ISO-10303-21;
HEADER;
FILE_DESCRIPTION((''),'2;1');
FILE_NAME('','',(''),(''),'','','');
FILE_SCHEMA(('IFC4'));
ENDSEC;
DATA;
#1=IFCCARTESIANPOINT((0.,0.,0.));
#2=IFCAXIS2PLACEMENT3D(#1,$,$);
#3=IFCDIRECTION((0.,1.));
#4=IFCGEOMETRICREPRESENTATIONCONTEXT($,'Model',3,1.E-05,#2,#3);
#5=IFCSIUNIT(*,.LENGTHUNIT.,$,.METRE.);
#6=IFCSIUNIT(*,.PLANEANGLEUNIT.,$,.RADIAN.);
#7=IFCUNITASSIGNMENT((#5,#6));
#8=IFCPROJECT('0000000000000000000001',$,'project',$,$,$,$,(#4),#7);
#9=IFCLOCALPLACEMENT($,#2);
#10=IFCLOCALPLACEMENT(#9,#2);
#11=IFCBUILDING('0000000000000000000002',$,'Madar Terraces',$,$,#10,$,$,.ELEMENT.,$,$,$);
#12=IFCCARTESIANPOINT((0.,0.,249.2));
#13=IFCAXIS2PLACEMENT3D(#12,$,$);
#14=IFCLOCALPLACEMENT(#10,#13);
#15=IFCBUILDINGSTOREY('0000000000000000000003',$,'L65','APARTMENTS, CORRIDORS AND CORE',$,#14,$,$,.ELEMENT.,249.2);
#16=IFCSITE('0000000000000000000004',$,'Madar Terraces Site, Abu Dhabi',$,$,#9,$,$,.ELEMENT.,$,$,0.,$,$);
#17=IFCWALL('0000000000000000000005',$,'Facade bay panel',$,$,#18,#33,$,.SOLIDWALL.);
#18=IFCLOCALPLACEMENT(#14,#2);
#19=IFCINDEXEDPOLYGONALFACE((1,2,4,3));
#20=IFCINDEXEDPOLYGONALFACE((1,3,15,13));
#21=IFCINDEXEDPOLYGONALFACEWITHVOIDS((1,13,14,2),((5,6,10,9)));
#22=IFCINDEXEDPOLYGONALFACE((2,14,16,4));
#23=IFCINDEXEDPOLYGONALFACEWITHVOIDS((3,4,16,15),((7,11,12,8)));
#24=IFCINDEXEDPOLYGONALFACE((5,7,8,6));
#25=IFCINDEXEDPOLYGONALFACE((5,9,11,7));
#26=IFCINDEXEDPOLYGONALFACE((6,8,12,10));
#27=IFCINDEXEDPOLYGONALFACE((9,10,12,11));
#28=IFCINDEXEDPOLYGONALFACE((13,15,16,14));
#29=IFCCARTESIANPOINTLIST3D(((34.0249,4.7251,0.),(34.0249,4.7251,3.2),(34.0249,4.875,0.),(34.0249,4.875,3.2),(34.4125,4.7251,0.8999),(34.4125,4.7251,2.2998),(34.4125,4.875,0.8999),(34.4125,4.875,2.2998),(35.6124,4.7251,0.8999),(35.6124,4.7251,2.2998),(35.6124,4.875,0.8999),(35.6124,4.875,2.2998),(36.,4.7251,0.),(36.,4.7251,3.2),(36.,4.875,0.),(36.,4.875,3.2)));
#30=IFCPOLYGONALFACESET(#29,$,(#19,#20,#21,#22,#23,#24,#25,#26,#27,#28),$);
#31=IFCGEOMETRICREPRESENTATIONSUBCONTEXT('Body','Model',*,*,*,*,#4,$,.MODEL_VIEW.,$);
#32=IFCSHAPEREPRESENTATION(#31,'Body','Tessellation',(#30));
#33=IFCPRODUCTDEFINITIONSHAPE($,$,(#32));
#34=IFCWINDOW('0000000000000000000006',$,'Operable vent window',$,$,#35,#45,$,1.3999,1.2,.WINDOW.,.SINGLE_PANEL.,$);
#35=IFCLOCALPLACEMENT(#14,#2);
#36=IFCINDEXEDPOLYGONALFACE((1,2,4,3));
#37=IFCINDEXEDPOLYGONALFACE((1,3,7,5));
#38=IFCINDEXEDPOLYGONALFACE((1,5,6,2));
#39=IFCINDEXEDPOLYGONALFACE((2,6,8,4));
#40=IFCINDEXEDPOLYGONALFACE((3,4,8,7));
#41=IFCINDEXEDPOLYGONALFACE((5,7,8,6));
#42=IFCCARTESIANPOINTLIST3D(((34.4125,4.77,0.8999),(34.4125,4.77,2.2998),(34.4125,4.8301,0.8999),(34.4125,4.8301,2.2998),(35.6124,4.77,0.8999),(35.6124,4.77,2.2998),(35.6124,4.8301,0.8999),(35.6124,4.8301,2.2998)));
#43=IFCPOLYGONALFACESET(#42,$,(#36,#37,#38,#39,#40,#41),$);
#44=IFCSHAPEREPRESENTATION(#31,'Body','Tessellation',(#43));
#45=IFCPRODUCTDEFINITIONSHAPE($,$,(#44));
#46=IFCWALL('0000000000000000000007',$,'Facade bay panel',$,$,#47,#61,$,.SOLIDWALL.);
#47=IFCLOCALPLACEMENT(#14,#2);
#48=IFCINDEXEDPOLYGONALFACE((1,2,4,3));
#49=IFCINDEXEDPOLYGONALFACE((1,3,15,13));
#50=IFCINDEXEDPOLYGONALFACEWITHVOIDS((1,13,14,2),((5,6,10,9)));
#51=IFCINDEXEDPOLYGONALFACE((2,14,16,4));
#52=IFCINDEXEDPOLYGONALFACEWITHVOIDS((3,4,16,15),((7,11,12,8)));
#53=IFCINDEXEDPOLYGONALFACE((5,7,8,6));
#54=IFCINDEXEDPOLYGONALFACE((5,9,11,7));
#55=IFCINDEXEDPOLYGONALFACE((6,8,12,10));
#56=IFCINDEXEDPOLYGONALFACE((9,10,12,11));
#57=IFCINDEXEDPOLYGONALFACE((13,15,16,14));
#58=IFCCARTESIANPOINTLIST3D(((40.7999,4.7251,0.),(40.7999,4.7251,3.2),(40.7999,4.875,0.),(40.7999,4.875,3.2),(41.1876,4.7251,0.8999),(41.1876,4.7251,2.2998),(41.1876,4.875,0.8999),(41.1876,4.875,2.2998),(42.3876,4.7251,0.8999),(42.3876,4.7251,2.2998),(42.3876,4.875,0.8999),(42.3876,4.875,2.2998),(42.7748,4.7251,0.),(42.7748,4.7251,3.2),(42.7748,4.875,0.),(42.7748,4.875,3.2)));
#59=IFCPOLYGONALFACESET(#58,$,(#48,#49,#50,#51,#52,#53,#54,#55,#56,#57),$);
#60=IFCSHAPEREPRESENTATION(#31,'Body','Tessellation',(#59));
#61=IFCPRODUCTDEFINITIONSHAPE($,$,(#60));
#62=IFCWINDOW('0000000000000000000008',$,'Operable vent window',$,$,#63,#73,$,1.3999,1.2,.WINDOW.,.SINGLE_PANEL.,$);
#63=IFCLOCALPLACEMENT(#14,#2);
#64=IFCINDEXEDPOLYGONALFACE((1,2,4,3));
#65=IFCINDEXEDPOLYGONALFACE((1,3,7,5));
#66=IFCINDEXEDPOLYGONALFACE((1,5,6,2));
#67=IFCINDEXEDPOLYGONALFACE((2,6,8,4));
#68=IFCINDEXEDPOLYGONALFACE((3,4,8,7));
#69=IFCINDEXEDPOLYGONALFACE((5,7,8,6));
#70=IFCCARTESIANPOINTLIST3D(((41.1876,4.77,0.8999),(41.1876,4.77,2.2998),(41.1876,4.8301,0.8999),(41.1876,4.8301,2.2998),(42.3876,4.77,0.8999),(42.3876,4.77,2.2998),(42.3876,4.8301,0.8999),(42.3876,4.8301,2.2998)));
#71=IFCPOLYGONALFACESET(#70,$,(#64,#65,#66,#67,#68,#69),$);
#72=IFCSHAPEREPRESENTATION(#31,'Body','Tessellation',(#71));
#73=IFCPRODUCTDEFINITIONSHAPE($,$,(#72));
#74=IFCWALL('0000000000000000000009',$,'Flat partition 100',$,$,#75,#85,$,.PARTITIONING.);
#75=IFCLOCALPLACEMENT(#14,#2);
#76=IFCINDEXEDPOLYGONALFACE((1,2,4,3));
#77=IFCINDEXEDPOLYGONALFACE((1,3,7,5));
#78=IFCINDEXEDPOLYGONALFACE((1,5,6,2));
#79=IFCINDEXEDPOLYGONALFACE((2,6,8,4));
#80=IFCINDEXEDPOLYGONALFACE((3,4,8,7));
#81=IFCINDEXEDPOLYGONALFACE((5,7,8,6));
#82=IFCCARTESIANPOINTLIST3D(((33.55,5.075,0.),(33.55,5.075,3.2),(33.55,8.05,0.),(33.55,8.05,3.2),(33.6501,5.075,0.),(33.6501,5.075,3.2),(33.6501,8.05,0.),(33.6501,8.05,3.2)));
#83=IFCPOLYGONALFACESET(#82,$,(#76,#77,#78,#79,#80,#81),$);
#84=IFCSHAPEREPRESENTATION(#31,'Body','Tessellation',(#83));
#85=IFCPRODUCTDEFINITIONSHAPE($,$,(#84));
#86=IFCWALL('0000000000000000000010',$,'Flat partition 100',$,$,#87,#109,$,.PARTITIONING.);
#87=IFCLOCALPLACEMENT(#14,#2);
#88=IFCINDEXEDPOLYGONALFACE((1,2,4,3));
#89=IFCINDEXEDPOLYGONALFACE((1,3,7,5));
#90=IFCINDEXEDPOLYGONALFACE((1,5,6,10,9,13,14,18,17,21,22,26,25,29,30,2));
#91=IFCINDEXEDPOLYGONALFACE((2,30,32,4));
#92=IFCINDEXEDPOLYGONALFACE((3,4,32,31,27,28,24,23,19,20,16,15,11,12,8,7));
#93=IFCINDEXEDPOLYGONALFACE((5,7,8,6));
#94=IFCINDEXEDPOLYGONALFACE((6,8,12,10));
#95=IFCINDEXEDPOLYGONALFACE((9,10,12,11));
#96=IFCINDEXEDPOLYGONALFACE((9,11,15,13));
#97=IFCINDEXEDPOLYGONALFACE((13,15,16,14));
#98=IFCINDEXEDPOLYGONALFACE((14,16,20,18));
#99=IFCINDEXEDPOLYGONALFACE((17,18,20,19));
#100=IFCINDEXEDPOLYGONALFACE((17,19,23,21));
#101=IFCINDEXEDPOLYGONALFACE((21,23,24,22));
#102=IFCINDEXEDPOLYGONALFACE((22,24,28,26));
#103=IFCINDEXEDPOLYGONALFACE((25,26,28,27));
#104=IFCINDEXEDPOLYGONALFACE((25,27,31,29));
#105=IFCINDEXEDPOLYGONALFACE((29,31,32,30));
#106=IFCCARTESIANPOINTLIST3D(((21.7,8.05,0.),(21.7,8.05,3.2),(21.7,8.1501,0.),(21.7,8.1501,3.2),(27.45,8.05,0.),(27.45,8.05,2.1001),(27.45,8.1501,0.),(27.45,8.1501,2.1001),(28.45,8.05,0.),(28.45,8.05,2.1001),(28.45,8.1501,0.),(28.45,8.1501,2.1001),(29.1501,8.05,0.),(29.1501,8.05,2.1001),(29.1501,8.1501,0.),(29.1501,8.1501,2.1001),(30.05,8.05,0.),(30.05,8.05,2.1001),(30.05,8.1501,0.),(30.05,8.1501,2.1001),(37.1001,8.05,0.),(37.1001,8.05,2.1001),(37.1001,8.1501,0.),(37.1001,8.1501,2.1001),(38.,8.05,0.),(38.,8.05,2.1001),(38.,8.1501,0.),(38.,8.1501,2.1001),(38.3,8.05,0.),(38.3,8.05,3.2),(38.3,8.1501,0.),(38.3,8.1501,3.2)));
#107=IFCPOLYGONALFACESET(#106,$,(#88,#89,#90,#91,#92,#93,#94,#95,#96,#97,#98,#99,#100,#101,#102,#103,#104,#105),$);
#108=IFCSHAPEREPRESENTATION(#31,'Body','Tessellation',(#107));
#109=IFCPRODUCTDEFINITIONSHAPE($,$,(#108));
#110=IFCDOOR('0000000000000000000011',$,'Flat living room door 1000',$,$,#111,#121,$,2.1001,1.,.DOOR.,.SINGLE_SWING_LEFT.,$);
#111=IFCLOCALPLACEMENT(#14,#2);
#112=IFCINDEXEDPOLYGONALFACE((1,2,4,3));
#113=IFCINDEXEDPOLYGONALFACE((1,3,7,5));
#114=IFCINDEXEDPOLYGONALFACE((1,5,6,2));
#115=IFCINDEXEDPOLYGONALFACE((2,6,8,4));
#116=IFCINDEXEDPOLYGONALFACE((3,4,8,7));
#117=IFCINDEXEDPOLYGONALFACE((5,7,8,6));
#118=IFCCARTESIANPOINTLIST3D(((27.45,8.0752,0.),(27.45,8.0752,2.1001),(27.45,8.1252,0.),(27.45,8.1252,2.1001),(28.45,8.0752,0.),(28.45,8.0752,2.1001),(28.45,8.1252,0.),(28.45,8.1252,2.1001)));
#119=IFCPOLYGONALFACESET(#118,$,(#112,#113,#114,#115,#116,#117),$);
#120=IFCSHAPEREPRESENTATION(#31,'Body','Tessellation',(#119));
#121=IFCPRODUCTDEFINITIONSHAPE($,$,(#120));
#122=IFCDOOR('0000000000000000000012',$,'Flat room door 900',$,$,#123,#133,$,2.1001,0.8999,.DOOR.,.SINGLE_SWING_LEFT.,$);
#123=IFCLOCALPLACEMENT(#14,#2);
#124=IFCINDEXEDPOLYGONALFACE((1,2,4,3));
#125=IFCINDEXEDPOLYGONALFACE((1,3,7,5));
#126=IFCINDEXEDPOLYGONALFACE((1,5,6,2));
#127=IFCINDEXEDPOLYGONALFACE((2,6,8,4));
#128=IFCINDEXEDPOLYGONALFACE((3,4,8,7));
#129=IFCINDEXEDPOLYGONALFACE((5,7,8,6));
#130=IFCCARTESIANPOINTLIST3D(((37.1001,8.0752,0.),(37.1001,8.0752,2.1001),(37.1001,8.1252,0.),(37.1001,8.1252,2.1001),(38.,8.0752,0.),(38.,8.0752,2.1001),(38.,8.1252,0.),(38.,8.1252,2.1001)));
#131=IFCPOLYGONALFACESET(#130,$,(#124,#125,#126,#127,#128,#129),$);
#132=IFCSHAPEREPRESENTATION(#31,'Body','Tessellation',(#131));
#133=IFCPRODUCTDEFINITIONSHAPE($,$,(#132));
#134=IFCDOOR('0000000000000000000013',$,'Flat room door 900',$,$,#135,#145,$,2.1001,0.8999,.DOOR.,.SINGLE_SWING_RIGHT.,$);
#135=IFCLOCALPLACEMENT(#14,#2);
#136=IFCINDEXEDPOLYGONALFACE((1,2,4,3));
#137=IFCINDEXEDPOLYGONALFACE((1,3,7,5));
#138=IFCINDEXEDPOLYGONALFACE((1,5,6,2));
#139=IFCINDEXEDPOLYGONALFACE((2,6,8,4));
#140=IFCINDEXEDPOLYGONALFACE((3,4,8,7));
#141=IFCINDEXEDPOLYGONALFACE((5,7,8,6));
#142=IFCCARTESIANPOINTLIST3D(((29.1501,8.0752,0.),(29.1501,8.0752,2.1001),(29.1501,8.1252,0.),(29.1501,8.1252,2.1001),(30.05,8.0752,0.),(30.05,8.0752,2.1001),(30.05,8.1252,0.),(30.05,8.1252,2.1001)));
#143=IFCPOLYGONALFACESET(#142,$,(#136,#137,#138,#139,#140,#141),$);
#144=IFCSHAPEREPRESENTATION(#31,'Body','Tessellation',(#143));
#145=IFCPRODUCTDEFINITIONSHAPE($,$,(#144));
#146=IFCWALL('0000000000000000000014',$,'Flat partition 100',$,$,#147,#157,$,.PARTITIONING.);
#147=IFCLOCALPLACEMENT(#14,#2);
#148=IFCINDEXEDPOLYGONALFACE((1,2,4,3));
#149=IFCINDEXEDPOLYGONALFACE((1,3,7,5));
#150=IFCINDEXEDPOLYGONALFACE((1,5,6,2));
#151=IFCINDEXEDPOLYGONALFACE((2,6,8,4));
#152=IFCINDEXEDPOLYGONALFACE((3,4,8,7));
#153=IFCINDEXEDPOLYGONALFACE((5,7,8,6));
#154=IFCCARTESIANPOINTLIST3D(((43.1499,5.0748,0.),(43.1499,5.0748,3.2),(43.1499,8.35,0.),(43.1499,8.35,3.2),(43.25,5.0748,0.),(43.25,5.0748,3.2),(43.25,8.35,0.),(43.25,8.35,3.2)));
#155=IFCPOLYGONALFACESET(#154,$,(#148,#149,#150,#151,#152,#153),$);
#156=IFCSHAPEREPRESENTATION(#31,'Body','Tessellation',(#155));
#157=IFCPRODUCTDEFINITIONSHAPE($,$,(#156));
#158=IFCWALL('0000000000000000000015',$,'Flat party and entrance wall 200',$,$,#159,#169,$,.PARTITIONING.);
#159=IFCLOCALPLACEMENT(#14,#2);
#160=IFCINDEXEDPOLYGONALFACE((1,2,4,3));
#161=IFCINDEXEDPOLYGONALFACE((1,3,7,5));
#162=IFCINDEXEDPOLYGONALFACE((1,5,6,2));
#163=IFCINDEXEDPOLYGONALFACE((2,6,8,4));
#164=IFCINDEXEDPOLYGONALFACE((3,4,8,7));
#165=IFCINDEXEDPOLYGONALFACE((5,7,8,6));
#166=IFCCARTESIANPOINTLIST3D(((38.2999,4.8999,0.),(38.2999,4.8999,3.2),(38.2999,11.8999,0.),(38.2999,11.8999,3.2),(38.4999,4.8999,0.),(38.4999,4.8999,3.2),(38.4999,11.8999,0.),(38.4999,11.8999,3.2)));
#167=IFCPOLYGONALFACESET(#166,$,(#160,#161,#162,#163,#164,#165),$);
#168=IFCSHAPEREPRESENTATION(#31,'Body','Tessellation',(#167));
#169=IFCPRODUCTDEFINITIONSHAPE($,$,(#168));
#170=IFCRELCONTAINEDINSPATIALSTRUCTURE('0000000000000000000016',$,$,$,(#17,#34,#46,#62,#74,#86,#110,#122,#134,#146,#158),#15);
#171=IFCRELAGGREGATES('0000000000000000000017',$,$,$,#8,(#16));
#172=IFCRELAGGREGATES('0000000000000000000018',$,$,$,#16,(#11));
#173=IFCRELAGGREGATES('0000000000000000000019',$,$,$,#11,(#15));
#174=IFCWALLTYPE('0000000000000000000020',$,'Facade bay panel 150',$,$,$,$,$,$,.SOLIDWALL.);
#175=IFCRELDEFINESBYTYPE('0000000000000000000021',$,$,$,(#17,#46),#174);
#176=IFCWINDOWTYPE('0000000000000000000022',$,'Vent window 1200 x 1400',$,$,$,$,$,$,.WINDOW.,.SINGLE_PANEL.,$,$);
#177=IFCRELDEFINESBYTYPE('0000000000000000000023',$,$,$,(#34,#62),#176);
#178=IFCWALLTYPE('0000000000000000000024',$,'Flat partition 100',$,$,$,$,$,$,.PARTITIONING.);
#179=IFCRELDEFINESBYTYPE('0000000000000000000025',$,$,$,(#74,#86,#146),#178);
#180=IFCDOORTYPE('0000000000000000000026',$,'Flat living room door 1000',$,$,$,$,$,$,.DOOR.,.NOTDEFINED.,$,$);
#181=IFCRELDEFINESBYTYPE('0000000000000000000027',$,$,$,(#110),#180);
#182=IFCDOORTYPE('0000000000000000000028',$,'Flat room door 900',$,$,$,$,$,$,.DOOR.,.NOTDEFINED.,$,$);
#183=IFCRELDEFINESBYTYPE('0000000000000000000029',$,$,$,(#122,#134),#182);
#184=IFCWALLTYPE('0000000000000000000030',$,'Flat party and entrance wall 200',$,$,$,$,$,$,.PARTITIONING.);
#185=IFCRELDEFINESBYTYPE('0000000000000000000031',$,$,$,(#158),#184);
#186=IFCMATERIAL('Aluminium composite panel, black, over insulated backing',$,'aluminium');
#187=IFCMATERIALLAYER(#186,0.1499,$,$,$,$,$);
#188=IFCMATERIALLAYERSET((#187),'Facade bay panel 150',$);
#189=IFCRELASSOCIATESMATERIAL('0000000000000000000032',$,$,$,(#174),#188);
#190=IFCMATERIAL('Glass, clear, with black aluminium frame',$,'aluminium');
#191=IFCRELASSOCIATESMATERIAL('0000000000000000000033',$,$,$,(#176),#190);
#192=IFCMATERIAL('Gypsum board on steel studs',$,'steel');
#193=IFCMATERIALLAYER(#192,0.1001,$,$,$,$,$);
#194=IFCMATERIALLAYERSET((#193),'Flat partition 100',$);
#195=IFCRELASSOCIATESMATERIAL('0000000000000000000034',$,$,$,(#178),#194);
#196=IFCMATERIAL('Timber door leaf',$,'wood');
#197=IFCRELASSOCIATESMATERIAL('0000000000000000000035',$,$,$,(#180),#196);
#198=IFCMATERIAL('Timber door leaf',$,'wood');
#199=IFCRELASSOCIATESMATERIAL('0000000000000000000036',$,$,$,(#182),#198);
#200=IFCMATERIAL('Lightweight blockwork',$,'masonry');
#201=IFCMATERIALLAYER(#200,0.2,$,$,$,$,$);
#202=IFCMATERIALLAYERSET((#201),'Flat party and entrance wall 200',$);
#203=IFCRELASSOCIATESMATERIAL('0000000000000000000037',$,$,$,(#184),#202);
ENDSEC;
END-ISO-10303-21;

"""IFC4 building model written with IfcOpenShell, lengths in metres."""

from ifc_helpers import new_model, si_unit, direction, frame, frame_2d, origin, place, context, subcontext, project, spatial, rectangle, extrude, material, layer, layer_set, type_object, element, fill, save


model = new_model("IFC4")

# Units and contexts
model_context = context("Model", 3, precision=1e-05, world=origin(), true_north=direction((0.0, 1.0)))
body_context = subcontext(model_context, "Body", "Model", "MODEL_VIEW")
ifc_project = project(units=[si_unit("LENGTHUNIT", "METRE"), si_unit("PLANEANGLEUNIT", "RADIAN")], contexts=[model_context])

# Site, building, storey
site_placement = place(None, origin())
site = spatial("IfcSite", under=ifc_project, at=site_placement, Name="Madar Terraces Site, Abu Dhabi", CompositionType="ELEMENT", RefElevation=0.0)
building_placement = place(site_placement, origin())
building = spatial("IfcBuilding", under=site, at=building_placement, Name="Madar Terraces", CompositionType="ELEMENT")
storey_placement = place(building_placement, frame((0.0, 0.0, 249.2)))
storey = spatial("IfcBuildingStorey", under=building, at=storey_placement, Name="L65", Description="APARTMENTS, CORRIDORS AND CORE", CompositionType="ELEMENT", Elevation=249.2)

# Walls, openings, windows
ifc_material_1 = material(Name="Aluminium composite panel, black, over insulated backing", Category="aluminium")
ifc_layer_1 = layer(ifc_material_1, 0.1499)
ifc_layer_set_1 = layer_set([ifc_layer_1], Name="Facade bay panel 150")
wall_type_1 = type_object("IfcWallType", Name="Facade bay panel 150", PredefinedType="SOLIDWALL", material=ifc_layer_set_1)
ifc_material_2 = material(Name="Glass, clear, with black aluminium frame", Category="aluminium")
window_type = type_object("IfcWindowType", Name="Vent window 1200 x 1400", PartitioningType="SINGLE_PANEL", PredefinedType="WINDOW", material=ifc_material_2)
wall_1_placement = place(storey_placement, frame((34.0249, 4.8, 0.0), z_axis=(0.0, 0.0, 1.0), x_axis=(1.0, 0.0, 0.0)))
wall_1 = element("IfcWall", 1, at=wall_1_placement, inside=storey, type_object=wall_type_1, Name="Facade bay panel", PredefinedType="SOLIDWALL", context=body_context, shape_type="SweptSolid", body=[
    extrude(rectangle(XDim=1.9751, YDim=0.1499, at=frame_2d((0.9875, 0.0))), origin(), (0.0, 0.0, 1.0), 3.2),
])
opening_1_placement = place(wall_1_placement, frame((0.3875, 0.0, 0.8999)))
opening_1 = element("IfcOpeningElement", 2, at=opening_1_placement, cuts=wall_1, PredefinedType="OPENING", context=body_context, shape_type="SweptSolid", body=[
    extrude(rectangle(XDim=1.2, YDim=1.3999, at=frame_2d((0.6001, 0.7))), frame((0.0, 0.085, 0.0), z_axis=(0.0, -1.0, 0.0), x_axis=(1.0, 0.0, 0.0)), (0.0, 0.0, 1.0), 0.1699),
])
window_1_placement = place(opening_1_placement, origin())
window_1 = element("IfcWindow", 3, at=window_1_placement, inside=storey, type_object=window_type, Name="Operable vent window", OverallHeight=1.3999, OverallWidth=1.2, PartitioningType="SINGLE_PANEL", PredefinedType="WINDOW", context=body_context, shape_type="SweptSolid", body=[
    extrude(rectangle(XDim=1.2, YDim=1.3999, at=frame_2d((0.6001, 0.7))), frame((0.0, 0.03, 0.0), z_axis=(0.0, -1.0, 0.0), x_axis=(1.0, 0.0, 0.0)), (0.0, 0.0, 1.0), 0.0601),
])
fill(opening_1, window_1)
wall_2_placement = place(storey_placement, frame((40.8, 4.8, 0.0), z_axis=(0.0, 0.0, 1.0), x_axis=(1.0, 0.0, 0.0)))
wall_2 = element("IfcWall", 4, at=wall_2_placement, inside=storey, type_object=wall_type_1, Name="Facade bay panel", PredefinedType="SOLIDWALL", context=body_context, shape_type="SweptSolid", body=[
    extrude(rectangle(XDim=1.9749, YDim=0.1499, at=frame_2d((0.9873, 0.0))), origin(), (0.0, 0.0, 1.0), 3.2),
])
opening_2_placement = place(wall_2_placement, frame((0.3875, 0.0, 0.8999)))
opening_2 = element("IfcOpeningElement", 5, at=opening_2_placement, cuts=wall_2, PredefinedType="OPENING", context=body_context, shape_type="SweptSolid", body=[
    extrude(rectangle(XDim=1.2, YDim=1.3999, at=frame_2d((0.6001, 0.7))), frame((0.0, 0.085, 0.0), z_axis=(0.0, -1.0, 0.0), x_axis=(1.0, 0.0, 0.0)), (0.0, 0.0, 1.0), 0.1699),
])
window_2_placement = place(opening_2_placement, origin())
window_2 = element("IfcWindow", 6, at=window_2_placement, inside=storey, type_object=window_type, Name="Operable vent window", OverallHeight=1.3999, OverallWidth=1.2, PartitioningType="SINGLE_PANEL", PredefinedType="WINDOW", context=body_context, shape_type="SweptSolid", body=[
    extrude(rectangle(XDim=1.2, YDim=1.3999, at=frame_2d((0.6001, 0.7))), frame((0.0, 0.03, 0.0), z_axis=(0.0, -1.0, 0.0), x_axis=(1.0, 0.0, 0.0)), (0.0, 0.0, 1.0), 0.0601),
])
fill(opening_2, window_2)

# Wall
ifc_material_3 = material(Name="Gypsum board on steel studs", Category="steel")
ifc_layer_2 = layer(ifc_material_3, 0.1001)
ifc_layer_set_2 = layer_set([ifc_layer_2], Name="Flat partition 100")
wall_type_2 = type_object("IfcWallType", Name="Flat partition 100", PredefinedType="PARTITIONING", material=ifc_layer_set_2)
wall_3_placement = place(storey_placement, frame((33.6001, 8.05, 0.0), z_axis=(0.0, 0.0, 1.0), x_axis=(0.0, -1.0, 0.0)))
element("IfcWall", 7, at=wall_3_placement, inside=storey, type_object=wall_type_2, Name="Flat partition 100", PredefinedType="PARTITIONING", context=body_context, shape_type="SweptSolid", body=[
    extrude(rectangle(XDim=2.9751, YDim=0.1001, at=frame_2d((1.4875, 0.0))), origin(), (0.0, 0.0, 1.0), 3.2),
])

# Wall, openings, doors
wall_4_placement = place(storey_placement, frame((38.3, 8.1001, 0.0), z_axis=(0.0, 0.0, 1.0), x_axis=(-1.0, 0.0, 0.0)))
wall_4 = element("IfcWall", 8, at=wall_4_placement, inside=storey, type_object=wall_type_2, Name="Flat partition 100", PredefinedType="PARTITIONING", context=body_context, shape_type="SweptSolid", body=[
    extrude(rectangle(XDim=16.6001, YDim=0.1001, at=frame_2d((8.3, 0.0))), origin(), (0.0, 0.0, 1.0), 3.2),
])
opening_3_placement = place(wall_4_placement, frame((0.3, 0.0, 0.0)))
opening_3 = element("IfcOpeningElement", 9, at=opening_3_placement, cuts=wall_4, PredefinedType="OPENING", context=body_context, shape_type="SweptSolid", body=[
    extrude(rectangle(XDim=0.8999, YDim=2.1001, at=frame_2d((0.45, 1.05))), frame((0.0, 0.0601, 0.0), z_axis=(0.0, -1.0, 0.0), x_axis=(1.0, 0.0, 0.0)), (0.0, 0.0, 1.0), 0.1201),
])
opening_4_placement = place(wall_4_placement, frame((8.25, 0.0, 0.0)))
opening_4 = element("IfcOpeningElement", 10, at=opening_4_placement, cuts=wall_4, PredefinedType="OPENING", context=body_context, shape_type="SweptSolid", body=[
    extrude(rectangle(XDim=0.8999, YDim=2.1001, at=frame_2d((0.45, 1.05))), frame((0.0, 0.0601, 0.0), z_axis=(0.0, -1.0, 0.0), x_axis=(1.0, 0.0, 0.0)), (0.0, 0.0, 1.0), 0.1201),
])
opening_5_placement = place(wall_4_placement, frame((9.8501, 0.0, 0.0)))
opening_5 = element("IfcOpeningElement", 11, at=opening_5_placement, cuts=wall_4, PredefinedType="OPENING", context=body_context, shape_type="SweptSolid", body=[
    extrude(rectangle(XDim=1.0, YDim=2.1001, at=frame_2d((0.5, 1.05))), frame((0.0, 0.0601, 0.0), z_axis=(0.0, -1.0, 0.0), x_axis=(1.0, 0.0, 0.0)), (0.0, 0.0, 1.0), 0.1201),
])
ifc_material_4 = material(Name="Timber door leaf", Category="wood")
door_type_1 = type_object("IfcDoorType", Name="Flat living room door 1000", OperationType="NOTDEFINED", PredefinedType="DOOR", material=ifc_material_4)
door_1_placement = place(opening_5_placement, origin())
door_1 = element("IfcDoor", 12, at=door_1_placement, inside=storey, type_object=door_type_1, Name="Flat living room door 1000", OperationType="SINGLE_SWING_LEFT", OverallHeight=2.1001, OverallWidth=1.0, PredefinedType="DOOR", context=body_context, shape_type="SweptSolid", body=[
    extrude(rectangle(XDim=1.0, YDim=2.1001, at=frame_2d((0.5, 1.05))), frame((0.0, 0.0249, 0.0), z_axis=(0.0, -1.0, 0.0), x_axis=(1.0, 0.0, 0.0)), (0.0, 0.0, 1.0), 0.05),
])
fill(opening_5, door_1)
ifc_material_5 = material(Name="Timber door leaf", Category="wood")
door_type_2 = type_object("IfcDoorType", Name="Flat room door 900", OperationType="NOTDEFINED", PredefinedType="DOOR", material=ifc_material_5)
door_2_placement = place(opening_3_placement, origin())
door_2 = element("IfcDoor", 13, at=door_2_placement, inside=storey, type_object=door_type_2, Name="Flat room door 900", OperationType="SINGLE_SWING_LEFT", OverallHeight=2.1001, OverallWidth=0.8999, PredefinedType="DOOR", context=body_context, shape_type="SweptSolid", body=[
    extrude(rectangle(XDim=0.8999, YDim=2.1001, at=frame_2d((0.45, 1.05))), frame((0.0, 0.0249, 0.0), z_axis=(0.0, -1.0, 0.0), x_axis=(1.0, 0.0, 0.0)), (0.0, 0.0, 1.0), 0.05),
])
fill(opening_3, door_2)
door_3_placement = place(opening_4_placement, origin())
door_3 = element("IfcDoor", 14, at=door_3_placement, inside=storey, type_object=door_type_2, Name="Flat room door 900", OperationType="SINGLE_SWING_RIGHT", OverallHeight=2.1001, OverallWidth=0.8999, PredefinedType="DOOR", context=body_context, shape_type="SweptSolid", body=[
    extrude(rectangle(XDim=0.8999, YDim=2.1001, at=frame_2d((0.45, 1.05))), frame((0.0, 0.0249, 0.0), z_axis=(0.0, -1.0, 0.0), x_axis=(1.0, 0.0, 0.0)), (0.0, 0.0, 1.0), 0.05),
])
fill(opening_4, door_3)

# Walls
wall_5_placement = place(storey_placement, frame((43.2, 8.3501, 0.0), z_axis=(0.0, 0.0, 1.0), x_axis=(0.0, -1.0, 0.0)))
element("IfcWall", 15, at=wall_5_placement, inside=storey, type_object=wall_type_2, Name="Flat partition 100", PredefinedType="PARTITIONING", context=body_context, shape_type="SweptSolid", body=[
    extrude(rectangle(XDim=3.2751, YDim=0.1001, at=frame_2d((1.6377, 0.0))), origin(), (0.0, 0.0, 1.0), 3.2),
])
ifc_material_6 = material(Name="Lightweight blockwork", Category="masonry")
ifc_layer_3 = layer(ifc_material_6, 0.2)
ifc_layer_set_3 = layer_set([ifc_layer_3], Name="Flat party and entrance wall 200")
wall_type_3 = type_object("IfcWallType", Name="Flat party and entrance wall 200", PredefinedType="PARTITIONING", material=ifc_layer_set_3)
wall_6_placement = place(storey_placement, frame((38.3999, 11.8999, 0.0), z_axis=(0.0, 0.0, 1.0), x_axis=(0.0, -1.0, 0.0)))
element("IfcWall", 16, at=wall_6_placement, inside=storey, type_object=wall_type_3, Name="Flat party and entrance wall 200", PredefinedType="PARTITIONING", context=body_context, shape_type="SweptSolid", body=[
    extrude(rectangle(XDim=7.0, YDim=0.2, at=frame_2d((3.5, 0.0))), origin(), (0.0, 0.0, 1.0), 3.2),
])

save(model, "model.ifc")
